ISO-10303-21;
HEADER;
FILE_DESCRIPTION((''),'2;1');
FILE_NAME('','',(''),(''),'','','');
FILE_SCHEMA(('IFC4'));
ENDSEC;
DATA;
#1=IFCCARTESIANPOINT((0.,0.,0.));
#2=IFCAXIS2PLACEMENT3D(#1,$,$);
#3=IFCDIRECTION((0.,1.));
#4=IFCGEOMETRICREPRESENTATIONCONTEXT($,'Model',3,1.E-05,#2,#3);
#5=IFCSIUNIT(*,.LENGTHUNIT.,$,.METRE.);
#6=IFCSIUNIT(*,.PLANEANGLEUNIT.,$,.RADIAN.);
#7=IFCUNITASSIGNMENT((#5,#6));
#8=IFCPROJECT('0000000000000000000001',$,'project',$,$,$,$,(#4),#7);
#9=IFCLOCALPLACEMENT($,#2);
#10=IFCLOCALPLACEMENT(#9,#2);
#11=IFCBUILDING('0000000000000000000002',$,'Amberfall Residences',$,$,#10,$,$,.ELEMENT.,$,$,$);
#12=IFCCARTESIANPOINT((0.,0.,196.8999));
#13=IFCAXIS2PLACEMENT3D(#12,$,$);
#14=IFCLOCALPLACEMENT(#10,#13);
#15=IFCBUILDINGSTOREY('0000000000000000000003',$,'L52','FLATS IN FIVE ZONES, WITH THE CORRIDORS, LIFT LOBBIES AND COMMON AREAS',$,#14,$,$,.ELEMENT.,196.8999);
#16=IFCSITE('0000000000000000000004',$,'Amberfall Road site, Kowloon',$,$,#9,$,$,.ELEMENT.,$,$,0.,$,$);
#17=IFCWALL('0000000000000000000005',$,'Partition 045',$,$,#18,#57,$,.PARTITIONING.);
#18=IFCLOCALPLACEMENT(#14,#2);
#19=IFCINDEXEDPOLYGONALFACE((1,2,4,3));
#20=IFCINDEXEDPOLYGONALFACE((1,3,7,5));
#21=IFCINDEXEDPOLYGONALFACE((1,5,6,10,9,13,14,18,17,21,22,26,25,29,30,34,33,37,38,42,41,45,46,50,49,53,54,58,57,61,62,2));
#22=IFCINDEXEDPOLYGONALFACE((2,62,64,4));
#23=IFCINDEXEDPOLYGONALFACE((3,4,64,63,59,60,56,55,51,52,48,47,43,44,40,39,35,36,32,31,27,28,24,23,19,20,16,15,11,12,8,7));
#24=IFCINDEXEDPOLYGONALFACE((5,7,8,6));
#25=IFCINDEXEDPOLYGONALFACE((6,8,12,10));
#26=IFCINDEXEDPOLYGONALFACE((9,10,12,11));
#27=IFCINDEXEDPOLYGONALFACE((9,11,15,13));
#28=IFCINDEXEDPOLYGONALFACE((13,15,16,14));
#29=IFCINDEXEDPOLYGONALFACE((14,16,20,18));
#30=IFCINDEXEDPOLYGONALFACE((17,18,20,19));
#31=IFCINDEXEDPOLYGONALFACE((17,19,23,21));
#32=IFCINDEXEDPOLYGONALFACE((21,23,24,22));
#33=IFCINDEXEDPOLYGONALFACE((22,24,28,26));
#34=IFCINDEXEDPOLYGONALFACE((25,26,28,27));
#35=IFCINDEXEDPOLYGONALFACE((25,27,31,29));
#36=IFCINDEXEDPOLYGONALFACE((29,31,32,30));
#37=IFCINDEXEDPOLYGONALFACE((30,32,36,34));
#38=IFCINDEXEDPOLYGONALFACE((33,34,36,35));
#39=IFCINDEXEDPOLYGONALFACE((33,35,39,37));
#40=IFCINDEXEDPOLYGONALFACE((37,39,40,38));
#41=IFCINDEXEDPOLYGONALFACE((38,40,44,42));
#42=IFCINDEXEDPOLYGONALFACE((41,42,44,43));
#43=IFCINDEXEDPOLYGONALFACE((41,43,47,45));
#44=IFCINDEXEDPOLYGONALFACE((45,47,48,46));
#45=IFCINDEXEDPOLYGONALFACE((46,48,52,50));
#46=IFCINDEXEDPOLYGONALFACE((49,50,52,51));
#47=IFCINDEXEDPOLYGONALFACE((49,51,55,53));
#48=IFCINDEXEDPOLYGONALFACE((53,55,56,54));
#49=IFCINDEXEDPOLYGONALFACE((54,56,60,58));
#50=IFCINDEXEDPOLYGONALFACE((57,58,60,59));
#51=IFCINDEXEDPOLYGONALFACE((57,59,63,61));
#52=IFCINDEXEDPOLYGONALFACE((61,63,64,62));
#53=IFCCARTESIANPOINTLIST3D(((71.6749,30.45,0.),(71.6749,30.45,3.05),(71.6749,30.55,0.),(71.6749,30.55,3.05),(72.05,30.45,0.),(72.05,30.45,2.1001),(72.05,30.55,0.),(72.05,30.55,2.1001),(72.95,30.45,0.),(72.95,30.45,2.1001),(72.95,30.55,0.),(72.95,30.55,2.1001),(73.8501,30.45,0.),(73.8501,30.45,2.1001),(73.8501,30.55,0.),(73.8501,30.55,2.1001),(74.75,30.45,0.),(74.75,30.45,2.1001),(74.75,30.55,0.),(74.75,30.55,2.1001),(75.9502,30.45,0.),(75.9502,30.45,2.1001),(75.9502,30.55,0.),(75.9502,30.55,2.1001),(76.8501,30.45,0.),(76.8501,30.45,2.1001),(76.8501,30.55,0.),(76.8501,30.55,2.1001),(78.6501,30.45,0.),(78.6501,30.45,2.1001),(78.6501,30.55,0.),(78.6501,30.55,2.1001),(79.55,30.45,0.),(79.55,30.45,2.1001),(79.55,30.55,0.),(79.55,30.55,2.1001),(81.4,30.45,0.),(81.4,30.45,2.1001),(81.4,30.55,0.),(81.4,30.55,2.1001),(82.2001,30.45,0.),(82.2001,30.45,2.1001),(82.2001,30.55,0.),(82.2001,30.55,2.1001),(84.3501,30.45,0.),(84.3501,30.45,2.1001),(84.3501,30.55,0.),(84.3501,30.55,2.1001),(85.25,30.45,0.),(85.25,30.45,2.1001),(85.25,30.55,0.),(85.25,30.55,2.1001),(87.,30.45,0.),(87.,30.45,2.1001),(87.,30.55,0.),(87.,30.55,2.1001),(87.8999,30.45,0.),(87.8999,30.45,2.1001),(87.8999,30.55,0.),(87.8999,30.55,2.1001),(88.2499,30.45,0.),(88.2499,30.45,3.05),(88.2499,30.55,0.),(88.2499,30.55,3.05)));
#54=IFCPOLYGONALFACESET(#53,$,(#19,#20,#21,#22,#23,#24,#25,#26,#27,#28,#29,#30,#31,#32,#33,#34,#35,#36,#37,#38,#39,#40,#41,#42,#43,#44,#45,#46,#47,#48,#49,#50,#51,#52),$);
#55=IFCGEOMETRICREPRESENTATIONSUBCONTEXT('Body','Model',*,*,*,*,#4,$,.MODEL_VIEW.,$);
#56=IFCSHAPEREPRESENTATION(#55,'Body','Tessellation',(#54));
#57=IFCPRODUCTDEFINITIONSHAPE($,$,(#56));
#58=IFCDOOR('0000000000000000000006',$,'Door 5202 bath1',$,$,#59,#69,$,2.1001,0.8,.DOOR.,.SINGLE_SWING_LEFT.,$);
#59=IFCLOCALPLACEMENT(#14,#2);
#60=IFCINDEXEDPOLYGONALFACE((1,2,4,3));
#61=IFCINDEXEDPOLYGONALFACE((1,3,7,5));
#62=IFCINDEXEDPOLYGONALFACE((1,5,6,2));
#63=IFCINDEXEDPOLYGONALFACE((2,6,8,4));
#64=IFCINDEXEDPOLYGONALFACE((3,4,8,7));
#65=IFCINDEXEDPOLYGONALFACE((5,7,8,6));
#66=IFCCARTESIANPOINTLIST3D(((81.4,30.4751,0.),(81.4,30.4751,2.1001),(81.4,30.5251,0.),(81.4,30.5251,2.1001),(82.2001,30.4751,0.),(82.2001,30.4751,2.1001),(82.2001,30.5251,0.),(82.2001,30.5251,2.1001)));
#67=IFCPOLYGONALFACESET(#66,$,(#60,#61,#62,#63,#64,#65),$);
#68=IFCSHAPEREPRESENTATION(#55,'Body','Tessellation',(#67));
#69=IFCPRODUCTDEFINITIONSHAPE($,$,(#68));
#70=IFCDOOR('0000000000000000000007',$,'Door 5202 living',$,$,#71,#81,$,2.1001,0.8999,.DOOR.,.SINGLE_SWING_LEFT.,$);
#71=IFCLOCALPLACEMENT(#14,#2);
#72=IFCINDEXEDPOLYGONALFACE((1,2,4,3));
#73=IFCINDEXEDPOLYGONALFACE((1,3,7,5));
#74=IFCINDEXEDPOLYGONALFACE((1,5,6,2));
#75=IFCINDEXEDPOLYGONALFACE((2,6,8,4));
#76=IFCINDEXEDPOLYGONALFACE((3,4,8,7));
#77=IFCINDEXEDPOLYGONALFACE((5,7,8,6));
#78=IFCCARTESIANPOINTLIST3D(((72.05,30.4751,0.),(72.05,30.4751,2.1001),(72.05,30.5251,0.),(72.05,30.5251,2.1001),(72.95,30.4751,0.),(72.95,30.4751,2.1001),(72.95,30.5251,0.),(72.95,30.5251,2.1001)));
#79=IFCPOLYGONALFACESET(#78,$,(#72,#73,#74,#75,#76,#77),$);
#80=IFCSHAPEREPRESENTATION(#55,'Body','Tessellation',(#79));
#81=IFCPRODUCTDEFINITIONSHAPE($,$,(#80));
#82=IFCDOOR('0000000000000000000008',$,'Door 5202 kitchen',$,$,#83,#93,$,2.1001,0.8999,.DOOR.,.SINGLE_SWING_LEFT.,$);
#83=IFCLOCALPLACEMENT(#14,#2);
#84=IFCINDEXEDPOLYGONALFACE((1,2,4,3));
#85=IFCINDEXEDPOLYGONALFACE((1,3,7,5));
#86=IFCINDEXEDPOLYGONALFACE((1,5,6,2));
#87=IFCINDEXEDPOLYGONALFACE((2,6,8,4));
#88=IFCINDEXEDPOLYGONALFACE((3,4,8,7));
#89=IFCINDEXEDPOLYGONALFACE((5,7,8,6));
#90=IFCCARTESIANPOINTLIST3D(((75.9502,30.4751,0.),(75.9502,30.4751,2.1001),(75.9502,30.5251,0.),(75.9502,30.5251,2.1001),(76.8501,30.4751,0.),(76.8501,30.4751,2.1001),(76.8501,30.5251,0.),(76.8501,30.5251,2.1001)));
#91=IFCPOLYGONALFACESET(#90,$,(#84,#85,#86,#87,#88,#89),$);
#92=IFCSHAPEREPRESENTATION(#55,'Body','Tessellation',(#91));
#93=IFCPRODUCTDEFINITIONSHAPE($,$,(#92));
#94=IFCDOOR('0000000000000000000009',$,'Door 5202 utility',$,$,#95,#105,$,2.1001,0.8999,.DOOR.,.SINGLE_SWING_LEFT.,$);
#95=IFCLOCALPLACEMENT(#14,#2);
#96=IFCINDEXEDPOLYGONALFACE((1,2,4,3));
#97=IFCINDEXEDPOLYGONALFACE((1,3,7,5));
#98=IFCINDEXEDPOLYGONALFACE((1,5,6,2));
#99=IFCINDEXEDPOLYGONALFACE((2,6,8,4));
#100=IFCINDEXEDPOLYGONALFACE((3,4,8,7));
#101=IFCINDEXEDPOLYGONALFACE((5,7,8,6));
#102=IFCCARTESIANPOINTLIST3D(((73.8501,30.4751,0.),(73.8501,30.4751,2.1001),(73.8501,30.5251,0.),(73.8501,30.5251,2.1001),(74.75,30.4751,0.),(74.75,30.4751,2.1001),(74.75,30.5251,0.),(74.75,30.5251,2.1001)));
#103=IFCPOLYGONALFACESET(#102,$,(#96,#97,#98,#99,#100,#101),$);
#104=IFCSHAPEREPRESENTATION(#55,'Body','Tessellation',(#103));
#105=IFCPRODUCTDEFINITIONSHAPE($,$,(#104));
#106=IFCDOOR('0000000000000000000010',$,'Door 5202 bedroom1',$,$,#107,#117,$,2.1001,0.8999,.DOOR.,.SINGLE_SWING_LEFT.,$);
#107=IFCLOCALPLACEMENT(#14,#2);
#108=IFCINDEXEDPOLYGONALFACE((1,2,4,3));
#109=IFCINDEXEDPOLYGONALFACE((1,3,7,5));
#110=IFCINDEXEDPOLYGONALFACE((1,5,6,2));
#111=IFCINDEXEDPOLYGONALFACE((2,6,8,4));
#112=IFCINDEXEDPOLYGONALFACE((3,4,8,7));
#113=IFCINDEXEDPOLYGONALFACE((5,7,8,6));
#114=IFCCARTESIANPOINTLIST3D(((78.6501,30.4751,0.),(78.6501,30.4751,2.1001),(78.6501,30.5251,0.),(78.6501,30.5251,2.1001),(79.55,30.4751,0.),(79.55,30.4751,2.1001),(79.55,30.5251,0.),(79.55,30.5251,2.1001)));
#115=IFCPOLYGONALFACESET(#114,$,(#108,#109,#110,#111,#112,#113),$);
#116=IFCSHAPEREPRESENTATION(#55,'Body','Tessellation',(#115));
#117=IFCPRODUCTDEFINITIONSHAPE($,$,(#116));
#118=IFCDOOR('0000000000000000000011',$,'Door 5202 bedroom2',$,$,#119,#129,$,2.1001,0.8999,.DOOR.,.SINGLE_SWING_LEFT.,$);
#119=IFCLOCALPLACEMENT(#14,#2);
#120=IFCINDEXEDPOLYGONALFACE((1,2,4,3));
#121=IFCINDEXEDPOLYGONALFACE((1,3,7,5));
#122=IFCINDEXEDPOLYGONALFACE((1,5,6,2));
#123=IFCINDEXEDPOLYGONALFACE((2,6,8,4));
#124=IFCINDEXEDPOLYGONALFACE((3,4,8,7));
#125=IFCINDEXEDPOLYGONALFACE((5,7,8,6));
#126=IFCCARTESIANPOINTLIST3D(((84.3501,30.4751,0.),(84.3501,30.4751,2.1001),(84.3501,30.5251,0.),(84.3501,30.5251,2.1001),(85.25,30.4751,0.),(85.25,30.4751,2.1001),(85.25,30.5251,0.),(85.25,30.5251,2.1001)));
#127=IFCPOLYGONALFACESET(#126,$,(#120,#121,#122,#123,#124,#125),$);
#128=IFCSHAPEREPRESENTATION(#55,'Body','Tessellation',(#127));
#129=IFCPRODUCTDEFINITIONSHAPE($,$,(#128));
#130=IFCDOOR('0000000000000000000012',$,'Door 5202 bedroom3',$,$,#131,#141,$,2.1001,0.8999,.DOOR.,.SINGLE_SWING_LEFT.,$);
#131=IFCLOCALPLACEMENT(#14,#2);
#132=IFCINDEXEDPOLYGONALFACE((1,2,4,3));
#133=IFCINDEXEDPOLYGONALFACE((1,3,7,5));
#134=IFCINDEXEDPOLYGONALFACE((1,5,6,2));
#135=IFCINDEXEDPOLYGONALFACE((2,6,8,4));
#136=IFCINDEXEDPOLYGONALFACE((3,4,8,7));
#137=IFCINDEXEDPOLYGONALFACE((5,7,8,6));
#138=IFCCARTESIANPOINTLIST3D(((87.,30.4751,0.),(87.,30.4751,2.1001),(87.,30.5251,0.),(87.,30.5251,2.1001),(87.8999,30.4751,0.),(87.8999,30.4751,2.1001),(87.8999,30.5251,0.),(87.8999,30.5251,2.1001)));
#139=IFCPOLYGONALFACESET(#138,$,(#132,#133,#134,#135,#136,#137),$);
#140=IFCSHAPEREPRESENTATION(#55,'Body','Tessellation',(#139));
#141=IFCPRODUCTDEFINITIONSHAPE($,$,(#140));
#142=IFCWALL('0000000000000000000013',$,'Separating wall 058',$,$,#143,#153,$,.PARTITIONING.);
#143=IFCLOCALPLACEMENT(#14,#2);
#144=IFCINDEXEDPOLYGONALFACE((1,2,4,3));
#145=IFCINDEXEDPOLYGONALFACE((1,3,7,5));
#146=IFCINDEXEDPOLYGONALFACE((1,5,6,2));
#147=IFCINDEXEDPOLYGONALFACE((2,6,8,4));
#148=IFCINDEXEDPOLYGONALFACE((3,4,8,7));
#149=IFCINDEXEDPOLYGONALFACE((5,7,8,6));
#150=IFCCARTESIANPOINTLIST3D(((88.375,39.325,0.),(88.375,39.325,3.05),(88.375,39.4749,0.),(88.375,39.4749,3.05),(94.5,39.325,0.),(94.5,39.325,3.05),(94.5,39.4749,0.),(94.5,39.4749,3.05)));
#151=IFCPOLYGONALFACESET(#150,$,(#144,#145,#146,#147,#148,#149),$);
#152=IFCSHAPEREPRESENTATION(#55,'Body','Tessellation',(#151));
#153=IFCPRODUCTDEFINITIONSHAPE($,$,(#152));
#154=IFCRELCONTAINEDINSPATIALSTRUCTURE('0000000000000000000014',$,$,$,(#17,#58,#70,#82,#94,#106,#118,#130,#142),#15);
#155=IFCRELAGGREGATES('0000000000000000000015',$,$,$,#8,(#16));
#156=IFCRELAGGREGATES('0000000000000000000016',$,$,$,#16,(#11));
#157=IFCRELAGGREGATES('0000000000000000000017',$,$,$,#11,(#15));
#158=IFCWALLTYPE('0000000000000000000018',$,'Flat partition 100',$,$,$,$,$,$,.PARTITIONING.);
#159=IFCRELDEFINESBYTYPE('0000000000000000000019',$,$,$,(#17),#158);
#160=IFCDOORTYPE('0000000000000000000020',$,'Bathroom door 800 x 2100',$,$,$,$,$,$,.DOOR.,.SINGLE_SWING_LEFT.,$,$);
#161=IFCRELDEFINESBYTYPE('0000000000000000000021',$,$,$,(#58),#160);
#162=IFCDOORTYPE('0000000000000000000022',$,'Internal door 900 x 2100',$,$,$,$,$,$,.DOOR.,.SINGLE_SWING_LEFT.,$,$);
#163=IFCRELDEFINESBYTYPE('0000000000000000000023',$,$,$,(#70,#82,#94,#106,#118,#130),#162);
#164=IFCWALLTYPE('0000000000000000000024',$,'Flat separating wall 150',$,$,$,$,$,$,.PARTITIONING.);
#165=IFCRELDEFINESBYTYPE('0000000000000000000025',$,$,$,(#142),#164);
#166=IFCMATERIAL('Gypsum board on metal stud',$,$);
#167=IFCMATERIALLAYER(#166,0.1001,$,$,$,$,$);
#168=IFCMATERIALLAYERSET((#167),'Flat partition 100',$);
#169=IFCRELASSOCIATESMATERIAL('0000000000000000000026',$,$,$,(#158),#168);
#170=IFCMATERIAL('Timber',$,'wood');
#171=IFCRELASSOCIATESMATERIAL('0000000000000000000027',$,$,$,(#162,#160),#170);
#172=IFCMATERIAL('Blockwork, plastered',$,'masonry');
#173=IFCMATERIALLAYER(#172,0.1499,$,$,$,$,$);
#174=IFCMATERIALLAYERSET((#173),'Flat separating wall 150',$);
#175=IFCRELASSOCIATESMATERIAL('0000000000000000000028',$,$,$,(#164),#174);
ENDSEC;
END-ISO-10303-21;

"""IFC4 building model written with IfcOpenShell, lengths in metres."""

from ifc_helpers import new_model, si_unit, direction, frame, frame_2d, origin, place, context, subcontext, project, spatial, rectangle, extrude, material, layer, layer_set, type_object, element, fill, save


model = new_model("IFC4")

# Units and contexts
model_context = context("Model", 3, precision=1e-05, world=origin(), true_north=direction((0.0, 1.0)))
body_context = subcontext(model_context, "Body", "Model", "MODEL_VIEW")
ifc_project = project(units=[si_unit("LENGTHUNIT", "METRE"), si_unit("PLANEANGLEUNIT", "RADIAN")], contexts=[model_context])

# Site, building, storey
site_placement = place(None, origin())
site = spatial("IfcSite", under=ifc_project, at=site_placement, Name="Amberfall Road site, Kowloon", CompositionType="ELEMENT", RefElevation=0.0)
building_placement = place(site_placement, origin())
building = spatial("IfcBuilding", under=site, at=building_placement, Name="Amberfall Residences", CompositionType="ELEMENT")
storey_placement = place(building_placement, frame((0.0, 0.0, 196.8999)))
storey = spatial("IfcBuildingStorey", under=building, at=storey_placement, Name="L52", Description="FLATS IN FIVE ZONES, WITH THE CORRIDORS, LIFT LOBBIES AND COMMON AREAS", CompositionType="ELEMENT", Elevation=196.8999)

# Shared definitions
ifc_material_1 = material(Name="Gypsum board on metal stud")
ifc_layer_1 = layer(ifc_material_1, 0.1001)
ifc_layer_set_1 = layer_set([ifc_layer_1], Name="Flat partition 100")
wall_type_1 = type_object("IfcWallType", Name="Flat partition 100", PredefinedType="PARTITIONING", material=ifc_layer_set_1)

# Wall, openings, doors
ifc_material_2 = material(Name="Timber", Category="wood")
door_type_1 = type_object("IfcDoorType", Name="Internal door 900 x 2100", OperationType="SINGLE_SWING_LEFT", PredefinedType="DOOR", material=ifc_material_2)
wall_1_placement = place(storey_placement, frame((88.25, 30.5, 0.0), z_axis=(0.0, 0.0, 1.0), x_axis=(-1.0, 0.0, 0.0)))
wall_1 = element("IfcWall", 1, at=wall_1_placement, inside=storey, type_object=wall_type_1, Name="Partition 045", PredefinedType="PARTITIONING", context=body_context, shape_type="SweptSolid", body=[
    extrude(rectangle(XDim=16.575, YDim=0.1001, at=frame_2d((8.2876, 0.0))), origin(), (0.0, 0.0, 1.0), 3.05),
])
opening_1_placement = place(wall_1_placement, frame((15.3, 0.0, 0.0)))
opening_1 = element("IfcOpeningElement", 2, at=opening_1_placement, cuts=wall_1, PredefinedType="OPENING", context=body_context, shape_type="SweptSolid", body=[
    extrude(rectangle(XDim=0.8999, YDim=2.1001, at=frame_2d((0.45, 1.05))), frame((0.0, 0.0601, 0.0), z_axis=(0.0, -1.0, 0.0), x_axis=(1.0, 0.0, 0.0)), (0.0, 0.0, 1.0), 0.1201),
])
opening_2_placement = place(wall_1_placement, frame((11.3999, 0.0, 0.0)))
opening_2 = element("IfcOpeningElement", 3, at=opening_2_placement, cuts=wall_1, PredefinedType="OPENING", context=body_context, shape_type="SweptSolid", body=[
    extrude(rectangle(XDim=0.8999, YDim=2.1001, at=frame_2d((0.45, 1.05))), frame((0.0, 0.0601, 0.0), z_axis=(0.0, -1.0, 0.0), x_axis=(1.0, 0.0, 0.0)), (0.0, 0.0, 1.0), 0.1201),
])
opening_3_placement = place(wall_1_placement, frame((13.5, 0.0, 0.0)))
opening_3 = element("IfcOpeningElement", 4, at=opening_3_placement, cuts=wall_1, PredefinedType="OPENING", context=body_context, shape_type="SweptSolid", body=[
    extrude(rectangle(XDim=0.8999, YDim=2.1001, at=frame_2d((0.45, 1.05))), frame((0.0, 0.0601, 0.0), z_axis=(0.0, -1.0, 0.0), x_axis=(1.0, 0.0, 0.0)), (0.0, 0.0, 1.0), 0.1201),
])
opening_4_placement = place(wall_1_placement, frame((8.7, 0.0, 0.0)))
opening_4 = element("IfcOpeningElement", 5, at=opening_4_placement, cuts=wall_1, PredefinedType="OPENING", context=body_context, shape_type="SweptSolid", body=[
    extrude(rectangle(XDim=0.8999, YDim=2.1001, at=frame_2d((0.45, 1.05))), frame((0.0, 0.0601, 0.0), z_axis=(0.0, -1.0, 0.0), x_axis=(1.0, 0.0, 0.0)), (0.0, 0.0, 1.0), 0.1201),
])
opening_5_placement = place(wall_1_placement, frame((3.0, 0.0, 0.0)))
opening_5 = element("IfcOpeningElement", 6, at=opening_5_placement, cuts=wall_1, PredefinedType="OPENING", context=body_context, shape_type="SweptSolid", body=[
    extrude(rectangle(XDim=0.8999, YDim=2.1001, at=frame_2d((0.45, 1.05))), frame((0.0, 0.0601, 0.0), z_axis=(0.0, -1.0, 0.0), x_axis=(1.0, 0.0, 0.0)), (0.0, 0.0, 1.0), 0.1201),
])
opening_6_placement = place(wall_1_placement, frame((0.3501, 0.0, 0.0)))
opening_6 = element("IfcOpeningElement", 7, at=opening_6_placement, cuts=wall_1, PredefinedType="OPENING", context=body_context, shape_type="SweptSolid", body=[
    extrude(rectangle(XDim=0.8999, YDim=2.1001, at=frame_2d((0.45, 1.05))), frame((0.0, 0.0601, 0.0), z_axis=(0.0, -1.0, 0.0), x_axis=(1.0, 0.0, 0.0)), (0.0, 0.0, 1.0), 0.1201),
])
opening_7_placement = place(wall_1_placement, frame((6.05, 0.0, 0.0)))
opening_7 = element("IfcOpeningElement", 8, at=opening_7_placement, cuts=wall_1, PredefinedType="OPENING", context=body_context, shape_type="SweptSolid", body=[
    extrude(rectangle(XDim=0.8, YDim=2.1001, at=frame_2d((0.3999, 1.05))), frame((0.0, 0.0601, 0.0), z_axis=(0.0, -1.0, 0.0), x_axis=(1.0, 0.0, 0.0)), (0.0, 0.0, 1.0), 0.1201),
])
door_type_2 = type_object("IfcDoorType", Name="Bathroom door 800 x 2100", OperationType="SINGLE_SWING_LEFT", PredefinedType="DOOR", material=ifc_material_2)
door_1_placement = place(opening_7_placement, origin())
door_1 = element("IfcDoor", 9, at=door_1_placement, inside=storey, type_object=door_type_2, Name="Door 5202 bath1", OperationType="SINGLE_SWING_LEFT", OverallHeight=2.1001, OverallWidth=0.8, PredefinedType="DOOR", context=body_context, shape_type="SweptSolid", body=[
    extrude(rectangle(XDim=0.8, YDim=2.1001, at=frame_2d((0.3999, 1.05))), frame((0.0, 0.0249, 0.0), z_axis=(0.0, -1.0, 0.0), x_axis=(1.0, 0.0, 0.0)), (0.0, 0.0, 1.0), 0.05),
])
fill(opening_7, door_1)
door_2_placement = place(opening_1_placement, origin())
door_2 = element("IfcDoor", 10, at=door_2_placement, inside=storey, type_object=door_type_1, Name="Door 5202 living", OperationType="SINGLE_SWING_LEFT", OverallHeight=2.1001, OverallWidth=0.8999, PredefinedType="DOOR", context=body_context, shape_type="SweptSolid", body=[
    extrude(rectangle(XDim=0.8999, YDim=2.1001, at=frame_2d((0.45, 1.05))), frame((0.0, 0.0249, 0.0), z_axis=(0.0, -1.0, 0.0), x_axis=(1.0, 0.0, 0.0)), (0.0, 0.0, 1.0), 0.05),
])
fill(opening_1, door_2)
door_3_placement = place(opening_2_placement, origin())
door_3 = element("IfcDoor", 11, at=door_3_placement, inside=storey, type_object=door_type_1, Name="Door 5202 kitchen", OperationType="SINGLE_SWING_LEFT", OverallHeight=2.1001, OverallWidth=0.8999, PredefinedType="DOOR", context=body_context, shape_type="SweptSolid", body=[
    extrude(rectangle(XDim=0.8999, YDim=2.1001, at=frame_2d((0.45, 1.05))), frame((0.0, 0.0249, 0.0), z_axis=(0.0, -1.0, 0.0), x_axis=(1.0, 0.0, 0.0)), (0.0, 0.0, 1.0), 0.05),
])
fill(opening_2, door_3)
door_4_placement = place(opening_3_placement, origin())
door_4 = element("IfcDoor", 12, at=door_4_placement, inside=storey, type_object=door_type_1, Name="Door 5202 utility", OperationType="SINGLE_SWING_LEFT", OverallHeight=2.1001, OverallWidth=0.8999, PredefinedType="DOOR", context=body_context, shape_type="SweptSolid", body=[
    extrude(rectangle(XDim=0.8999, YDim=2.1001, at=frame_2d((0.45, 1.05))), frame((0.0, 0.0249, 0.0), z_axis=(0.0, -1.0, 0.0), x_axis=(1.0, 0.0, 0.0)), (0.0, 0.0, 1.0), 0.05),
])
fill(opening_3, door_4)
door_5_placement = place(opening_4_placement, origin())
door_5 = element("IfcDoor", 13, at=door_5_placement, inside=storey, type_object=door_type_1, Name="Door 5202 bedroom1", OperationType="SINGLE_SWING_LEFT", OverallHeight=2.1001, OverallWidth=0.8999, PredefinedType="DOOR", context=body_context, shape_type="SweptSolid", body=[
    extrude(rectangle(XDim=0.8999, YDim=2.1001, at=frame_2d((0.45, 1.05))), frame((0.0, 0.0249, 0.0), z_axis=(0.0, -1.0, 0.0), x_axis=(1.0, 0.0, 0.0)), (0.0, 0.0, 1.0), 0.05),
])
fill(opening_4, door_5)
door_6_placement = place(opening_5_placement, origin())
door_6 = element("IfcDoor", 14, at=door_6_placement, inside=storey, type_object=door_type_1, Name="Door 5202 bedroom2", OperationType="SINGLE_SWING_LEFT", OverallHeight=2.1001, OverallWidth=0.8999, PredefinedType="DOOR", context=body_context, shape_type="SweptSolid", body=[
    extrude(rectangle(XDim=0.8999, YDim=2.1001, at=frame_2d((0.45, 1.05))), frame((0.0, 0.0249, 0.0), z_axis=(0.0, -1.0, 0.0), x_axis=(1.0, 0.0, 0.0)), (0.0, 0.0, 1.0), 0.05),
])
fill(opening_5, door_6)
door_7_placement = place(opening_6_placement, origin())
door_7 = element("IfcDoor", 15, at=door_7_placement, inside=storey, type_object=door_type_1, Name="Door 5202 bedroom3", OperationType="SINGLE_SWING_LEFT", OverallHeight=2.1001, OverallWidth=0.8999, PredefinedType="DOOR", context=body_context, shape_type="SweptSolid", body=[
    extrude(rectangle(XDim=0.8999, YDim=2.1001, at=frame_2d((0.45, 1.05))), frame((0.0, 0.0249, 0.0), z_axis=(0.0, -1.0, 0.0), x_axis=(1.0, 0.0, 0.0)), (0.0, 0.0, 1.0), 0.05),
])
fill(opening_6, door_7)

# Wall
ifc_material_3 = material(Name="Blockwork, plastered", Category="masonry")
ifc_layer_2 = layer(ifc_material_3, 0.1499)
ifc_layer_set_2 = layer_set([ifc_layer_2], Name="Flat separating wall 150")
wall_type_2 = type_object("IfcWallType", Name="Flat separating wall 150", PredefinedType="PARTITIONING", material=ifc_layer_set_2)
wall_2_placement = place(storey_placement, frame((88.375, 39.3999, 0.0), z_axis=(0.0, 0.0, 1.0), x_axis=(1.0, 0.0, 0.0)))
element("IfcWall", 16, at=wall_2_placement, inside=storey, type_object=wall_type_2, Name="Separating wall 058", PredefinedType="PARTITIONING", context=body_context, shape_type="SweptSolid", body=[
    extrude(rectangle(XDim=6.125, YDim=0.1499, at=frame_2d((3.0625, 0.0))), origin(), (0.0, 0.0, 1.0), 3.05),
])

save(model, "model.ifc")
